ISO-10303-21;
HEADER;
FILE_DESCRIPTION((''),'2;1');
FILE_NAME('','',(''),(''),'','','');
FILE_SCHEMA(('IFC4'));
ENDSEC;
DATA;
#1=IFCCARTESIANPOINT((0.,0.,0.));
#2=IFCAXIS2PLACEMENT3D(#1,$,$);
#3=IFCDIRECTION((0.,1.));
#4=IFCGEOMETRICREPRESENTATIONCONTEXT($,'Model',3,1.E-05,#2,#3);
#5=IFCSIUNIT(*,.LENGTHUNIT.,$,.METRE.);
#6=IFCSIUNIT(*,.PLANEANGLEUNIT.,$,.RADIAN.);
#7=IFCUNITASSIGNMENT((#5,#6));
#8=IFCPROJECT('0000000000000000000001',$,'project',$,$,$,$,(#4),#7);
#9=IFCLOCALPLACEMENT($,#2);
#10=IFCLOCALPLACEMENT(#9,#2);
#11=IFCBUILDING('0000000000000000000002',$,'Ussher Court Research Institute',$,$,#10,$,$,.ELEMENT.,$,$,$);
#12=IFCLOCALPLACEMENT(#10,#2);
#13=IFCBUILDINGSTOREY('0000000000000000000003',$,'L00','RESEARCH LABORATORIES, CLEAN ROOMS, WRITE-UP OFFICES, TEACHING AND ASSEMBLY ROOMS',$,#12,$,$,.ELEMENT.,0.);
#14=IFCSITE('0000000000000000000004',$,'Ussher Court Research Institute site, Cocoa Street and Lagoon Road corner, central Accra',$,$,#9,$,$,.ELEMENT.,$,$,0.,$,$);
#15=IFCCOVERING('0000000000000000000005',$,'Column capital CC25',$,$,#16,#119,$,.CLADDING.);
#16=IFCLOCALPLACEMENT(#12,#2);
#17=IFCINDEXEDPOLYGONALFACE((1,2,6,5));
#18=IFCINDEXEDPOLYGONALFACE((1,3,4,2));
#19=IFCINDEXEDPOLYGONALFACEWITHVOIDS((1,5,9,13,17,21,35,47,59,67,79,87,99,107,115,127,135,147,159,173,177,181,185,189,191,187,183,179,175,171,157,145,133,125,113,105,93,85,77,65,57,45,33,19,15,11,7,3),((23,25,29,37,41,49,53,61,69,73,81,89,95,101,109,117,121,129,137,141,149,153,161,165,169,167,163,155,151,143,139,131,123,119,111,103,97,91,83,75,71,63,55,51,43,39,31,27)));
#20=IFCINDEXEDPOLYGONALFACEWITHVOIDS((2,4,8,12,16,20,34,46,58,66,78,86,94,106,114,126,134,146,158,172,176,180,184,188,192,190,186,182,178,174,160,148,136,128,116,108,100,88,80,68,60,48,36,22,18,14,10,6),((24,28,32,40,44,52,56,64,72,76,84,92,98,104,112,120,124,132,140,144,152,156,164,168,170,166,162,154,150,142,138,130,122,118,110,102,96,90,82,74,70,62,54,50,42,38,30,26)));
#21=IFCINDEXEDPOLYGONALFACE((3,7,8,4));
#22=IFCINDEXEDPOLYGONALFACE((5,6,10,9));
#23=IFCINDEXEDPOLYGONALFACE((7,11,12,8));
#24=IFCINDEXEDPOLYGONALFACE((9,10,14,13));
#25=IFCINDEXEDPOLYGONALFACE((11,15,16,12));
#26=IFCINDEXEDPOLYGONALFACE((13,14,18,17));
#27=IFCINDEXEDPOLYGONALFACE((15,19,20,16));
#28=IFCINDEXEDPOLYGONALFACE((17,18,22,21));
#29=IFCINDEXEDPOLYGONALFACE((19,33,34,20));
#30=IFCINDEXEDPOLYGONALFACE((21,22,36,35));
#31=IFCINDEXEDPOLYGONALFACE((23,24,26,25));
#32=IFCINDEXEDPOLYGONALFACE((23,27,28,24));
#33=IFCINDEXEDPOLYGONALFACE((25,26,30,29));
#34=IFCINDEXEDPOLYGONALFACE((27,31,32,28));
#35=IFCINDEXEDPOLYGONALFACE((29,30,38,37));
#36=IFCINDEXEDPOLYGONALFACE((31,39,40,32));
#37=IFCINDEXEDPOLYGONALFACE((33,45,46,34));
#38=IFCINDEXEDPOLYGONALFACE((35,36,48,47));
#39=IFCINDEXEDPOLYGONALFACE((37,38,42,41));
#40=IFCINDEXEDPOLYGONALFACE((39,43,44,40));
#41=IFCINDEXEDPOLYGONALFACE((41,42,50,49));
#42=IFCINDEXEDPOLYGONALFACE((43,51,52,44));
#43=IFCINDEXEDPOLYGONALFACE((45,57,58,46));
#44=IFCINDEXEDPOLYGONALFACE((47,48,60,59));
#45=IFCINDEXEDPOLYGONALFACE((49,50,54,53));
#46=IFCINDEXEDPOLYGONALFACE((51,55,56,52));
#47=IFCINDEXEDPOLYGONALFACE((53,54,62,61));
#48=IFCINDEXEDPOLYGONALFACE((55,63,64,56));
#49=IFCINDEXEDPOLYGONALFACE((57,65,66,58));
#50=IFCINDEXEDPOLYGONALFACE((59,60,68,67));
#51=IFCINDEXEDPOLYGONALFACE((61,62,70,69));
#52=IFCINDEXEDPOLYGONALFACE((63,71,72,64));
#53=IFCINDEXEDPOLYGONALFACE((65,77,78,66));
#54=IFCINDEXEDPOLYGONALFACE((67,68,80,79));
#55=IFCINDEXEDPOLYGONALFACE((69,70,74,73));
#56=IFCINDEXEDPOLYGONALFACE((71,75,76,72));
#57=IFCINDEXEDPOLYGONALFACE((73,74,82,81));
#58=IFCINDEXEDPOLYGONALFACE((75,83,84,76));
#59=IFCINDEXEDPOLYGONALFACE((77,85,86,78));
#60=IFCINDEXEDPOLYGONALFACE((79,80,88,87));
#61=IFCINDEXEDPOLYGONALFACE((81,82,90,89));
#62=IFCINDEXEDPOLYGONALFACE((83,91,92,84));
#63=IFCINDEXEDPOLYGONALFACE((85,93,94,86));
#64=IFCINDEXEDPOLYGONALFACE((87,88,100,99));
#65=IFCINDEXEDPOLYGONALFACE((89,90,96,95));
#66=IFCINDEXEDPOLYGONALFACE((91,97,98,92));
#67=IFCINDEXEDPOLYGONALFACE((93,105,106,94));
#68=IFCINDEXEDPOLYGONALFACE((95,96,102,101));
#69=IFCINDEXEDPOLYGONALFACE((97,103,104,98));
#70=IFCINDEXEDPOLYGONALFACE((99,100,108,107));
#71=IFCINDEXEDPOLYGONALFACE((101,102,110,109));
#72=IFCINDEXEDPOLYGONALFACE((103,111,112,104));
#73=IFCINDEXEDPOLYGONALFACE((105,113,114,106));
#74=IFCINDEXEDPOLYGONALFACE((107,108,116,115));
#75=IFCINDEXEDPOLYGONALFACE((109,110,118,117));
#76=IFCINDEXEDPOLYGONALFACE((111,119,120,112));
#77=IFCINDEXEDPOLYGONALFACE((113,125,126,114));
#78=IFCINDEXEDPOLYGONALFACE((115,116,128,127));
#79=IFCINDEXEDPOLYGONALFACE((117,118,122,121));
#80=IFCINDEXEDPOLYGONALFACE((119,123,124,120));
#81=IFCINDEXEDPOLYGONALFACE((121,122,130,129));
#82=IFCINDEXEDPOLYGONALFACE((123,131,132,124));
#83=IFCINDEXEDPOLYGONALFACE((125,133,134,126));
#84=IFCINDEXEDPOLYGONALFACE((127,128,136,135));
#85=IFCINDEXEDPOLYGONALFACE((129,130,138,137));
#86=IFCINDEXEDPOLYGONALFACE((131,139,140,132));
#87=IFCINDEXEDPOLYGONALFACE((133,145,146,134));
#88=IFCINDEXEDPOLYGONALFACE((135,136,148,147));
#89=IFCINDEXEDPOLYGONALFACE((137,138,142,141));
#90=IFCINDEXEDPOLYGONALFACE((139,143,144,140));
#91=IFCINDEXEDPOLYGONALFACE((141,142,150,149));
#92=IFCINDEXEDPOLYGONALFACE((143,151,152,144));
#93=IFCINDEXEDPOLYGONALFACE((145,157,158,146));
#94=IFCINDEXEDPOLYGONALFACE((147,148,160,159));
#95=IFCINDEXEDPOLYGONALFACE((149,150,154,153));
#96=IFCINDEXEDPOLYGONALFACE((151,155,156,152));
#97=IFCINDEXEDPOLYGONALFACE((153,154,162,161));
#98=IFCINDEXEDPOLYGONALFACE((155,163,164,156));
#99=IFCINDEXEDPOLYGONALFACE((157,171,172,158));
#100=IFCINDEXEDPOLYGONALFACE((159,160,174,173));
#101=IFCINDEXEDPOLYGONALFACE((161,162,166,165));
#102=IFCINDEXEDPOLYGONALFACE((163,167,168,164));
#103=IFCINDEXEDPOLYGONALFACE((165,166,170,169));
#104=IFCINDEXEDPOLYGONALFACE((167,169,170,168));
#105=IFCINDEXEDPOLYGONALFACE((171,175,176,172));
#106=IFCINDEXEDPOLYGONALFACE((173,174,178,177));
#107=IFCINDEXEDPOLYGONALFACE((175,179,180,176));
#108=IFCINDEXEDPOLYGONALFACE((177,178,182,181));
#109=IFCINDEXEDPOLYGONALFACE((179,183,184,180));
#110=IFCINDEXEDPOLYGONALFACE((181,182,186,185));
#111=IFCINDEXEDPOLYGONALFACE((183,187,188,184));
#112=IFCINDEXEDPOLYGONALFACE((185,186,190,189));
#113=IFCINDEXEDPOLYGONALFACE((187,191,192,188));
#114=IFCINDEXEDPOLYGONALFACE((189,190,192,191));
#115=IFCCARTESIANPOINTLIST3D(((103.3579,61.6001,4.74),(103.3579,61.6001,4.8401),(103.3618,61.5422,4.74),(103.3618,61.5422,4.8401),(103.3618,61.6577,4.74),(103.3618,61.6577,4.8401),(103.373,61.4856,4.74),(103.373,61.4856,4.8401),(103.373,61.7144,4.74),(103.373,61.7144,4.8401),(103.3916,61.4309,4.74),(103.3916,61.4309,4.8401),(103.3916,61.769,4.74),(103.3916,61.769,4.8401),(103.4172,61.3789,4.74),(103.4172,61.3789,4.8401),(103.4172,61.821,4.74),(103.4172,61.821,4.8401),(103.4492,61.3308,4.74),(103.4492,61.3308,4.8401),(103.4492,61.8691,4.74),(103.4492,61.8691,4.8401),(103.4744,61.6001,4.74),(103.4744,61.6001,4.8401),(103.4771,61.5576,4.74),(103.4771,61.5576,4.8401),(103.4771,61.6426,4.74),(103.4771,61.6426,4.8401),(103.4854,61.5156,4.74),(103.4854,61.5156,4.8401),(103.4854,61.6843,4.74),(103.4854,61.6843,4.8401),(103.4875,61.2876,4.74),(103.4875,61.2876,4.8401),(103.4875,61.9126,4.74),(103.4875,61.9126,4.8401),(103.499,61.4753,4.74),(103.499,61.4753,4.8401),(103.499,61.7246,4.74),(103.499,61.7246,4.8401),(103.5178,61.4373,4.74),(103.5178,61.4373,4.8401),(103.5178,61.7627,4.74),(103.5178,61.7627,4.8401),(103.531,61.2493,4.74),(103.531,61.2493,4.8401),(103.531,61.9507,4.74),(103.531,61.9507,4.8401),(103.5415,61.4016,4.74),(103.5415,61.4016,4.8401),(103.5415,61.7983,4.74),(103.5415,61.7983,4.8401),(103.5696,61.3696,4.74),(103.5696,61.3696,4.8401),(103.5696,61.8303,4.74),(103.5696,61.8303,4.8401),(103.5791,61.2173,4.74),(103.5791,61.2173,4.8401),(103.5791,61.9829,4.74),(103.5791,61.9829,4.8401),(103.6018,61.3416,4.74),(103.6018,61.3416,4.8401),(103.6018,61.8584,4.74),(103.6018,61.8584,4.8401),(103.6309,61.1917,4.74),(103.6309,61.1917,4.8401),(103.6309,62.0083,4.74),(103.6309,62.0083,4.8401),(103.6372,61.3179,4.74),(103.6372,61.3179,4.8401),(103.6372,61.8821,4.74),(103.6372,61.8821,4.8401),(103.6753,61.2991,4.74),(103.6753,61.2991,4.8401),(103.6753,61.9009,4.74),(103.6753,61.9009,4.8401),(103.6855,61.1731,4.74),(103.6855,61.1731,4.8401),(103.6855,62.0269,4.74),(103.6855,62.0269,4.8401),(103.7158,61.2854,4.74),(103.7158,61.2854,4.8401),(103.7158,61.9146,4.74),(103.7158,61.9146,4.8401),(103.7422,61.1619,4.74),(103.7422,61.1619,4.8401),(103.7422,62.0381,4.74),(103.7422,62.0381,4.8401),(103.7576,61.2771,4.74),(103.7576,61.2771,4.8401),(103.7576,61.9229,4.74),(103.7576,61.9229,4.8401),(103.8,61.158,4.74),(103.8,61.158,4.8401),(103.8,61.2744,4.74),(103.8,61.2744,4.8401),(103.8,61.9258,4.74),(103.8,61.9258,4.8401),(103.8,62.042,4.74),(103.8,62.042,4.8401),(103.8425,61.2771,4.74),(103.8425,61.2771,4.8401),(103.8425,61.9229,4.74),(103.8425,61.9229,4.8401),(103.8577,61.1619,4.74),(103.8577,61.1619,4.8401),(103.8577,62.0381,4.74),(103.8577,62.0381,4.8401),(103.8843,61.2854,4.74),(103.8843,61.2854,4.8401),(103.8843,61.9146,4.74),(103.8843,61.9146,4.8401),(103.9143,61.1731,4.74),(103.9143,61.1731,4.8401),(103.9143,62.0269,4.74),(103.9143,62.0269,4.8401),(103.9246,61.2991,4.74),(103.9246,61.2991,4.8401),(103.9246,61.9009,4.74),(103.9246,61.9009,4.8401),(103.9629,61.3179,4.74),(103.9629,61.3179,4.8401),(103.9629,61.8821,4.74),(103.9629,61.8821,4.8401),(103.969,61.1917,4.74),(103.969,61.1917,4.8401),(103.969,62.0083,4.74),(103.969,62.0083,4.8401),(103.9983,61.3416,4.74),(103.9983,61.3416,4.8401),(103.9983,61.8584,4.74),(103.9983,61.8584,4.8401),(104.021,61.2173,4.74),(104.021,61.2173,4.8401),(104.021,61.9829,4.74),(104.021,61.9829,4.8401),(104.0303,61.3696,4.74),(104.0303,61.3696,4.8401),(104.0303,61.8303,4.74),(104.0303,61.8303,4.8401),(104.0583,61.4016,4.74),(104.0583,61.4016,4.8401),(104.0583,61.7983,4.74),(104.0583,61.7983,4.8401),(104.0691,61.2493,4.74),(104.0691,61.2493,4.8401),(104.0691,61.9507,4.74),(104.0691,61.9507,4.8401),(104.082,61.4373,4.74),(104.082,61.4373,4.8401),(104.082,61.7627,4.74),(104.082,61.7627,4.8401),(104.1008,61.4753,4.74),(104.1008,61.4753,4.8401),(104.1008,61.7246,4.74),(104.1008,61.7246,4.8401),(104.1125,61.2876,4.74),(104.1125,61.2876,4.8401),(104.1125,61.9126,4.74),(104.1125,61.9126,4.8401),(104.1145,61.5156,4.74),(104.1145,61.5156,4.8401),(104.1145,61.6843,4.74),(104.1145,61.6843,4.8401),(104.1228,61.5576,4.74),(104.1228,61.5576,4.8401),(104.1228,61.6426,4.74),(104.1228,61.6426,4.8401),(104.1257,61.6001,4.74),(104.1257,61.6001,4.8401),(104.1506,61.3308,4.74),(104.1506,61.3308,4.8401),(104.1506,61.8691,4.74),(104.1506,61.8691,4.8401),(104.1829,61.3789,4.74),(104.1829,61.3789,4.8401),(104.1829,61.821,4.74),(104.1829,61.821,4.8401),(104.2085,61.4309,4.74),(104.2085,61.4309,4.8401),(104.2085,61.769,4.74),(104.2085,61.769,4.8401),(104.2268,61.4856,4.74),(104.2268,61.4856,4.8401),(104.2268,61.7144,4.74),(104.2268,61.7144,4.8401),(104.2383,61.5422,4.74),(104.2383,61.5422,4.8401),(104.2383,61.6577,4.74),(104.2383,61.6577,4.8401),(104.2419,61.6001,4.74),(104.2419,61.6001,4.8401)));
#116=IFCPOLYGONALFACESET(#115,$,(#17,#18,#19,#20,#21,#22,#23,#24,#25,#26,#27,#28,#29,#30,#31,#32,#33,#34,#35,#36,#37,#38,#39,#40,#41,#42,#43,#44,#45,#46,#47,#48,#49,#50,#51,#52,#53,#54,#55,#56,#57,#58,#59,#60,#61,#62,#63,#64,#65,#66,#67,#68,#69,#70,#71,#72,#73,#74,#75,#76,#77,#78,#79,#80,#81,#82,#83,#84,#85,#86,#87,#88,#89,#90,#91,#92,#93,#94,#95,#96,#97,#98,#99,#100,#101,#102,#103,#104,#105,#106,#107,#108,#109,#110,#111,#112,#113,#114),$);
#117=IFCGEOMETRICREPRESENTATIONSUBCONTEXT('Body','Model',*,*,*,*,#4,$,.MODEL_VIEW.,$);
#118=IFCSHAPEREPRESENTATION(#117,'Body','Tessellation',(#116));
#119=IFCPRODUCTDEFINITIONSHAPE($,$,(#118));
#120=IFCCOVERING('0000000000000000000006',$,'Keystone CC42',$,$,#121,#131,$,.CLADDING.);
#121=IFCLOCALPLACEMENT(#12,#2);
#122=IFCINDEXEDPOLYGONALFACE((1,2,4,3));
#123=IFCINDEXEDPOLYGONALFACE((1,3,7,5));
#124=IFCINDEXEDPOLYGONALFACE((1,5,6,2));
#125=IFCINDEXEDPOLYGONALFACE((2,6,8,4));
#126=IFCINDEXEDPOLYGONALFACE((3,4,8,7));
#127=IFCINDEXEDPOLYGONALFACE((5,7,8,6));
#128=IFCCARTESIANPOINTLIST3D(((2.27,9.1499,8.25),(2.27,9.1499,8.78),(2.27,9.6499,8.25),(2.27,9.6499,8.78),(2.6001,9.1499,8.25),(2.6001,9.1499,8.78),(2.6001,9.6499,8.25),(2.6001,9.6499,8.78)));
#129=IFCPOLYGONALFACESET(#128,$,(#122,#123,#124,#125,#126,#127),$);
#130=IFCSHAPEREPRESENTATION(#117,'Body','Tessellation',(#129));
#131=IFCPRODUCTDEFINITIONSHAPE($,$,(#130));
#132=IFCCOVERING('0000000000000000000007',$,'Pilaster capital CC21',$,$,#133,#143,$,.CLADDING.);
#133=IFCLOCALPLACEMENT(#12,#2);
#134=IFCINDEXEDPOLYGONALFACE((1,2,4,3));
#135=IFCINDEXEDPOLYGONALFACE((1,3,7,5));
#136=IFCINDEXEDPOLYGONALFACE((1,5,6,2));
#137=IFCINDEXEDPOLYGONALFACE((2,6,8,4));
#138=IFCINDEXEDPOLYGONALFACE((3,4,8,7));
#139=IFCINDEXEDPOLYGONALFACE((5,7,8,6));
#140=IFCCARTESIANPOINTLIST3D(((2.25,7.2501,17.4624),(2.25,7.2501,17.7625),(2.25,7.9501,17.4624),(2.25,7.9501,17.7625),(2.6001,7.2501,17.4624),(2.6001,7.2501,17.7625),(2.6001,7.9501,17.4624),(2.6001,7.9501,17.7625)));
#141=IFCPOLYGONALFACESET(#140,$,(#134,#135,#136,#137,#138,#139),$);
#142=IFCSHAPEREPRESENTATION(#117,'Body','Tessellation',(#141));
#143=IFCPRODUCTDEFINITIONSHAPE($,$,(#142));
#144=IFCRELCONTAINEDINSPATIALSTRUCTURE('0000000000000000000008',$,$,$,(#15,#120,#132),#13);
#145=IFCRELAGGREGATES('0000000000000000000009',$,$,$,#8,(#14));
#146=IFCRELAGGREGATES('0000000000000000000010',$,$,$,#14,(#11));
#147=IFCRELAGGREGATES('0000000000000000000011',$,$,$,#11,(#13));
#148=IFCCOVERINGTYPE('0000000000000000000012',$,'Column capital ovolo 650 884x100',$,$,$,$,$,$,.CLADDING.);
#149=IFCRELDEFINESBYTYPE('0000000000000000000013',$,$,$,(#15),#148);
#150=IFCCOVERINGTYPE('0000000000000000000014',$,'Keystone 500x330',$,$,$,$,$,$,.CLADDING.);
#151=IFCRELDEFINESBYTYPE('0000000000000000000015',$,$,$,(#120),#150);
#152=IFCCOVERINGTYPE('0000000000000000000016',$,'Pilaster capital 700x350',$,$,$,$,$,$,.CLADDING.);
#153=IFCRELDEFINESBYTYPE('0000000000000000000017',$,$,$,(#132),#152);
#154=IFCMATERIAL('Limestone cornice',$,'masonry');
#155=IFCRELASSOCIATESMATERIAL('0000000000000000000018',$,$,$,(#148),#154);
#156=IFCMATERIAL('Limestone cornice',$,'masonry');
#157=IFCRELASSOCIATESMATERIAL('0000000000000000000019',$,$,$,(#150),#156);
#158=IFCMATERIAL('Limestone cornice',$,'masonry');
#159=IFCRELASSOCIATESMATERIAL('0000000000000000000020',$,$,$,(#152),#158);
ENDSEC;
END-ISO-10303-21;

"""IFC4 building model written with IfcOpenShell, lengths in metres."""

from ifc_helpers import new_model, si_unit, direction, frame, origin, origin_2d, place, context, subcontext, project, spatial, polyline, rectangle, outline, extrude, material, type_object, element, save


model = new_model("IFC4")

# Units and contexts
model_context = context("Model", 3, precision=1e-05, world=origin(), true_north=direction((0.0, 1.0)))
body_context = subcontext(model_context, "Body", "Model", "MODEL_VIEW")
ifc_project = project(units=[si_unit("LENGTHUNIT", "METRE"), si_unit("PLANEANGLEUNIT", "RADIAN")], contexts=[model_context])

# Site, building, storey
site_placement = place(None, origin())
site = spatial("IfcSite", under=ifc_project, at=site_placement, Name="Ussher Court Research Institute site, Cocoa Street and Lagoon Road corner, central Accra", CompositionType="ELEMENT", RefElevation=0.0)
building_placement = place(site_placement, origin())
building = spatial("IfcBuilding", under=site, at=building_placement, Name="Ussher Court Research Institute", CompositionType="ELEMENT")
storey_placement = place(building_placement, origin())
storey = spatial("IfcBuildingStorey", under=building, at=storey_placement, Name="L00", Description="RESEARCH LABORATORIES, CLEAN ROOMS, WRITE-UP OFFICES, TEACHING AND ASSEMBLY ROOMS", CompositionType="ELEMENT", Elevation=0.0)

# Coverings
ifc_material_1 = material(Name="Limestone cornice", Category="masonry")
covering_type_1 = type_object("IfcCoveringType", Name="Column capital ovolo 650 884x100", PredefinedType="CLADDING", material=ifc_material_1)
covering_1_placement = place(storey_placement, frame((0.0, 0.0, 4.74)))
element("IfcCovering", 1, at=covering_1_placement, inside=storey, type_object=covering_type_1, Name="Column capital CC25", PredefinedType="CLADDING", context=body_context, shape_type="SweptSolid", body=[
    extrude(outline(polyline([(104.2419, 61.6001), (104.2383, 61.6577), (104.2268, 61.7144), (104.2085, 61.769), (104.1829, 61.821), (104.1506, 61.8691), (104.1125, 61.9126), (104.0691, 61.9507), (104.021, 61.9829), (103.969, 62.0083), (103.9143, 62.0269), (103.8577, 62.0381), (103.8, 62.042), (103.7422, 62.0381), (103.6855, 62.0269), (103.6309, 62.0083), (103.5791, 61.9829), (103.531, 61.9507), (103.4875, 61.9126), (103.4492, 61.8691), (103.4172, 61.821), (103.3916, 61.769), (103.373, 61.7144), (103.3618, 61.6577), (103.3579, 61.6001), (103.3618, 61.5422), (103.373, 61.4856), (103.3916, 61.4309), (103.4172, 61.3789), (103.4492, 61.3308), (103.4875, 61.2876), (103.531, 61.2493), (103.5791, 61.2173), (103.6309, 61.1917), (103.6855, 61.1731), (103.7422, 61.1619), (103.8, 61.158), (103.8577, 61.1619), (103.9143, 61.1731), (103.969, 61.1917), (104.021, 61.2173), (104.0691, 61.2493), (104.1125, 61.2876), (104.1506, 61.3308), (104.1829, 61.3789), (104.2085, 61.4309), (104.2268, 61.4856), (104.2383, 61.5422), (104.2419, 61.6001)]), holes=[polyline([(104.1257, 61.6001), (104.1228, 61.6426), (104.1145, 61.6843), (104.1008, 61.7246), (104.082, 61.7627), (104.0583, 61.7983), (104.0303, 61.8303), (103.9983, 61.8584), (103.9629, 61.8821), (103.9246, 61.9009), (103.8843, 61.9146), (103.8425, 61.9229), (103.8, 61.9258), (103.7576, 61.9229), (103.7158, 61.9146), (103.6753, 61.9009), (103.6372, 61.8821), (103.6018, 61.8584), (103.5696, 61.8303), (103.5415, 61.7983), (103.5178, 61.7627), (103.499, 61.7246), (103.4854, 61.6843), (103.4771, 61.6426), (103.4744, 61.6001), (103.4771, 61.5576), (103.4854, 61.5156), (103.499, 61.4753), (103.5178, 61.4373), (103.5415, 61.4016), (103.5696, 61.3696), (103.6018, 61.3416), (103.6372, 61.3179), (103.6753, 61.2991), (103.7158, 61.2854), (103.7576, 61.2771), (103.8, 61.2744), (103.8425, 61.2771), (103.8843, 61.2854), (103.9246, 61.2991), (103.9629, 61.3179), (103.9983, 61.3416), (104.0303, 61.3696), (104.0583, 61.4016), (104.082, 61.4373), (104.1008, 61.4753), (104.1145, 61.5156), (104.1228, 61.5576), (104.1257, 61.6001)])]), origin(), (0.0, 0.0, 1.0), 0.1001),
])
ifc_material_2 = material(Name="Limestone cornice", Category="masonry")
covering_type_2 = type_object("IfcCoveringType", Name="Keystone 500x330", PredefinedType="CLADDING", material=ifc_material_2)
covering_2_placement = place(storey_placement, frame((2.4351, 9.3999, 8.25), z_axis=(0.0, 0.0, 1.0), x_axis=(1.0, 0.0, 0.0)))
element("IfcCovering", 2, at=covering_2_placement, inside=storey, type_object=covering_type_2, Name="Keystone CC42", PredefinedType="CLADDING", context=body_context, shape_type="SweptSolid", body=[
    extrude(rectangle(XDim=0.3301, YDim=0.5, at=origin_2d()), origin(), (0.0, 0.0, 1.0), 0.53),
])
ifc_material_3 = material(Name="Limestone cornice", Category="masonry")
covering_type_3 = type_object("IfcCoveringType", Name="Pilaster capital 700x350", PredefinedType="CLADDING", material=ifc_material_3)
covering_3_placement = place(storey_placement, frame((2.425, 7.6001, 17.4624), z_axis=(0.0, 0.0, 1.0), x_axis=(1.0, 0.0, 0.0)))
element("IfcCovering", 3, at=covering_3_placement, inside=storey, type_object=covering_type_3, Name="Pilaster capital CC21", PredefinedType="CLADDING", context=body_context, shape_type="SweptSolid", body=[
    extrude(rectangle(XDim=0.3501, YDim=0.7, at=origin_2d()), origin(), (0.0, 0.0, 1.0), 0.3),
])

save(model, "model.ifc")
